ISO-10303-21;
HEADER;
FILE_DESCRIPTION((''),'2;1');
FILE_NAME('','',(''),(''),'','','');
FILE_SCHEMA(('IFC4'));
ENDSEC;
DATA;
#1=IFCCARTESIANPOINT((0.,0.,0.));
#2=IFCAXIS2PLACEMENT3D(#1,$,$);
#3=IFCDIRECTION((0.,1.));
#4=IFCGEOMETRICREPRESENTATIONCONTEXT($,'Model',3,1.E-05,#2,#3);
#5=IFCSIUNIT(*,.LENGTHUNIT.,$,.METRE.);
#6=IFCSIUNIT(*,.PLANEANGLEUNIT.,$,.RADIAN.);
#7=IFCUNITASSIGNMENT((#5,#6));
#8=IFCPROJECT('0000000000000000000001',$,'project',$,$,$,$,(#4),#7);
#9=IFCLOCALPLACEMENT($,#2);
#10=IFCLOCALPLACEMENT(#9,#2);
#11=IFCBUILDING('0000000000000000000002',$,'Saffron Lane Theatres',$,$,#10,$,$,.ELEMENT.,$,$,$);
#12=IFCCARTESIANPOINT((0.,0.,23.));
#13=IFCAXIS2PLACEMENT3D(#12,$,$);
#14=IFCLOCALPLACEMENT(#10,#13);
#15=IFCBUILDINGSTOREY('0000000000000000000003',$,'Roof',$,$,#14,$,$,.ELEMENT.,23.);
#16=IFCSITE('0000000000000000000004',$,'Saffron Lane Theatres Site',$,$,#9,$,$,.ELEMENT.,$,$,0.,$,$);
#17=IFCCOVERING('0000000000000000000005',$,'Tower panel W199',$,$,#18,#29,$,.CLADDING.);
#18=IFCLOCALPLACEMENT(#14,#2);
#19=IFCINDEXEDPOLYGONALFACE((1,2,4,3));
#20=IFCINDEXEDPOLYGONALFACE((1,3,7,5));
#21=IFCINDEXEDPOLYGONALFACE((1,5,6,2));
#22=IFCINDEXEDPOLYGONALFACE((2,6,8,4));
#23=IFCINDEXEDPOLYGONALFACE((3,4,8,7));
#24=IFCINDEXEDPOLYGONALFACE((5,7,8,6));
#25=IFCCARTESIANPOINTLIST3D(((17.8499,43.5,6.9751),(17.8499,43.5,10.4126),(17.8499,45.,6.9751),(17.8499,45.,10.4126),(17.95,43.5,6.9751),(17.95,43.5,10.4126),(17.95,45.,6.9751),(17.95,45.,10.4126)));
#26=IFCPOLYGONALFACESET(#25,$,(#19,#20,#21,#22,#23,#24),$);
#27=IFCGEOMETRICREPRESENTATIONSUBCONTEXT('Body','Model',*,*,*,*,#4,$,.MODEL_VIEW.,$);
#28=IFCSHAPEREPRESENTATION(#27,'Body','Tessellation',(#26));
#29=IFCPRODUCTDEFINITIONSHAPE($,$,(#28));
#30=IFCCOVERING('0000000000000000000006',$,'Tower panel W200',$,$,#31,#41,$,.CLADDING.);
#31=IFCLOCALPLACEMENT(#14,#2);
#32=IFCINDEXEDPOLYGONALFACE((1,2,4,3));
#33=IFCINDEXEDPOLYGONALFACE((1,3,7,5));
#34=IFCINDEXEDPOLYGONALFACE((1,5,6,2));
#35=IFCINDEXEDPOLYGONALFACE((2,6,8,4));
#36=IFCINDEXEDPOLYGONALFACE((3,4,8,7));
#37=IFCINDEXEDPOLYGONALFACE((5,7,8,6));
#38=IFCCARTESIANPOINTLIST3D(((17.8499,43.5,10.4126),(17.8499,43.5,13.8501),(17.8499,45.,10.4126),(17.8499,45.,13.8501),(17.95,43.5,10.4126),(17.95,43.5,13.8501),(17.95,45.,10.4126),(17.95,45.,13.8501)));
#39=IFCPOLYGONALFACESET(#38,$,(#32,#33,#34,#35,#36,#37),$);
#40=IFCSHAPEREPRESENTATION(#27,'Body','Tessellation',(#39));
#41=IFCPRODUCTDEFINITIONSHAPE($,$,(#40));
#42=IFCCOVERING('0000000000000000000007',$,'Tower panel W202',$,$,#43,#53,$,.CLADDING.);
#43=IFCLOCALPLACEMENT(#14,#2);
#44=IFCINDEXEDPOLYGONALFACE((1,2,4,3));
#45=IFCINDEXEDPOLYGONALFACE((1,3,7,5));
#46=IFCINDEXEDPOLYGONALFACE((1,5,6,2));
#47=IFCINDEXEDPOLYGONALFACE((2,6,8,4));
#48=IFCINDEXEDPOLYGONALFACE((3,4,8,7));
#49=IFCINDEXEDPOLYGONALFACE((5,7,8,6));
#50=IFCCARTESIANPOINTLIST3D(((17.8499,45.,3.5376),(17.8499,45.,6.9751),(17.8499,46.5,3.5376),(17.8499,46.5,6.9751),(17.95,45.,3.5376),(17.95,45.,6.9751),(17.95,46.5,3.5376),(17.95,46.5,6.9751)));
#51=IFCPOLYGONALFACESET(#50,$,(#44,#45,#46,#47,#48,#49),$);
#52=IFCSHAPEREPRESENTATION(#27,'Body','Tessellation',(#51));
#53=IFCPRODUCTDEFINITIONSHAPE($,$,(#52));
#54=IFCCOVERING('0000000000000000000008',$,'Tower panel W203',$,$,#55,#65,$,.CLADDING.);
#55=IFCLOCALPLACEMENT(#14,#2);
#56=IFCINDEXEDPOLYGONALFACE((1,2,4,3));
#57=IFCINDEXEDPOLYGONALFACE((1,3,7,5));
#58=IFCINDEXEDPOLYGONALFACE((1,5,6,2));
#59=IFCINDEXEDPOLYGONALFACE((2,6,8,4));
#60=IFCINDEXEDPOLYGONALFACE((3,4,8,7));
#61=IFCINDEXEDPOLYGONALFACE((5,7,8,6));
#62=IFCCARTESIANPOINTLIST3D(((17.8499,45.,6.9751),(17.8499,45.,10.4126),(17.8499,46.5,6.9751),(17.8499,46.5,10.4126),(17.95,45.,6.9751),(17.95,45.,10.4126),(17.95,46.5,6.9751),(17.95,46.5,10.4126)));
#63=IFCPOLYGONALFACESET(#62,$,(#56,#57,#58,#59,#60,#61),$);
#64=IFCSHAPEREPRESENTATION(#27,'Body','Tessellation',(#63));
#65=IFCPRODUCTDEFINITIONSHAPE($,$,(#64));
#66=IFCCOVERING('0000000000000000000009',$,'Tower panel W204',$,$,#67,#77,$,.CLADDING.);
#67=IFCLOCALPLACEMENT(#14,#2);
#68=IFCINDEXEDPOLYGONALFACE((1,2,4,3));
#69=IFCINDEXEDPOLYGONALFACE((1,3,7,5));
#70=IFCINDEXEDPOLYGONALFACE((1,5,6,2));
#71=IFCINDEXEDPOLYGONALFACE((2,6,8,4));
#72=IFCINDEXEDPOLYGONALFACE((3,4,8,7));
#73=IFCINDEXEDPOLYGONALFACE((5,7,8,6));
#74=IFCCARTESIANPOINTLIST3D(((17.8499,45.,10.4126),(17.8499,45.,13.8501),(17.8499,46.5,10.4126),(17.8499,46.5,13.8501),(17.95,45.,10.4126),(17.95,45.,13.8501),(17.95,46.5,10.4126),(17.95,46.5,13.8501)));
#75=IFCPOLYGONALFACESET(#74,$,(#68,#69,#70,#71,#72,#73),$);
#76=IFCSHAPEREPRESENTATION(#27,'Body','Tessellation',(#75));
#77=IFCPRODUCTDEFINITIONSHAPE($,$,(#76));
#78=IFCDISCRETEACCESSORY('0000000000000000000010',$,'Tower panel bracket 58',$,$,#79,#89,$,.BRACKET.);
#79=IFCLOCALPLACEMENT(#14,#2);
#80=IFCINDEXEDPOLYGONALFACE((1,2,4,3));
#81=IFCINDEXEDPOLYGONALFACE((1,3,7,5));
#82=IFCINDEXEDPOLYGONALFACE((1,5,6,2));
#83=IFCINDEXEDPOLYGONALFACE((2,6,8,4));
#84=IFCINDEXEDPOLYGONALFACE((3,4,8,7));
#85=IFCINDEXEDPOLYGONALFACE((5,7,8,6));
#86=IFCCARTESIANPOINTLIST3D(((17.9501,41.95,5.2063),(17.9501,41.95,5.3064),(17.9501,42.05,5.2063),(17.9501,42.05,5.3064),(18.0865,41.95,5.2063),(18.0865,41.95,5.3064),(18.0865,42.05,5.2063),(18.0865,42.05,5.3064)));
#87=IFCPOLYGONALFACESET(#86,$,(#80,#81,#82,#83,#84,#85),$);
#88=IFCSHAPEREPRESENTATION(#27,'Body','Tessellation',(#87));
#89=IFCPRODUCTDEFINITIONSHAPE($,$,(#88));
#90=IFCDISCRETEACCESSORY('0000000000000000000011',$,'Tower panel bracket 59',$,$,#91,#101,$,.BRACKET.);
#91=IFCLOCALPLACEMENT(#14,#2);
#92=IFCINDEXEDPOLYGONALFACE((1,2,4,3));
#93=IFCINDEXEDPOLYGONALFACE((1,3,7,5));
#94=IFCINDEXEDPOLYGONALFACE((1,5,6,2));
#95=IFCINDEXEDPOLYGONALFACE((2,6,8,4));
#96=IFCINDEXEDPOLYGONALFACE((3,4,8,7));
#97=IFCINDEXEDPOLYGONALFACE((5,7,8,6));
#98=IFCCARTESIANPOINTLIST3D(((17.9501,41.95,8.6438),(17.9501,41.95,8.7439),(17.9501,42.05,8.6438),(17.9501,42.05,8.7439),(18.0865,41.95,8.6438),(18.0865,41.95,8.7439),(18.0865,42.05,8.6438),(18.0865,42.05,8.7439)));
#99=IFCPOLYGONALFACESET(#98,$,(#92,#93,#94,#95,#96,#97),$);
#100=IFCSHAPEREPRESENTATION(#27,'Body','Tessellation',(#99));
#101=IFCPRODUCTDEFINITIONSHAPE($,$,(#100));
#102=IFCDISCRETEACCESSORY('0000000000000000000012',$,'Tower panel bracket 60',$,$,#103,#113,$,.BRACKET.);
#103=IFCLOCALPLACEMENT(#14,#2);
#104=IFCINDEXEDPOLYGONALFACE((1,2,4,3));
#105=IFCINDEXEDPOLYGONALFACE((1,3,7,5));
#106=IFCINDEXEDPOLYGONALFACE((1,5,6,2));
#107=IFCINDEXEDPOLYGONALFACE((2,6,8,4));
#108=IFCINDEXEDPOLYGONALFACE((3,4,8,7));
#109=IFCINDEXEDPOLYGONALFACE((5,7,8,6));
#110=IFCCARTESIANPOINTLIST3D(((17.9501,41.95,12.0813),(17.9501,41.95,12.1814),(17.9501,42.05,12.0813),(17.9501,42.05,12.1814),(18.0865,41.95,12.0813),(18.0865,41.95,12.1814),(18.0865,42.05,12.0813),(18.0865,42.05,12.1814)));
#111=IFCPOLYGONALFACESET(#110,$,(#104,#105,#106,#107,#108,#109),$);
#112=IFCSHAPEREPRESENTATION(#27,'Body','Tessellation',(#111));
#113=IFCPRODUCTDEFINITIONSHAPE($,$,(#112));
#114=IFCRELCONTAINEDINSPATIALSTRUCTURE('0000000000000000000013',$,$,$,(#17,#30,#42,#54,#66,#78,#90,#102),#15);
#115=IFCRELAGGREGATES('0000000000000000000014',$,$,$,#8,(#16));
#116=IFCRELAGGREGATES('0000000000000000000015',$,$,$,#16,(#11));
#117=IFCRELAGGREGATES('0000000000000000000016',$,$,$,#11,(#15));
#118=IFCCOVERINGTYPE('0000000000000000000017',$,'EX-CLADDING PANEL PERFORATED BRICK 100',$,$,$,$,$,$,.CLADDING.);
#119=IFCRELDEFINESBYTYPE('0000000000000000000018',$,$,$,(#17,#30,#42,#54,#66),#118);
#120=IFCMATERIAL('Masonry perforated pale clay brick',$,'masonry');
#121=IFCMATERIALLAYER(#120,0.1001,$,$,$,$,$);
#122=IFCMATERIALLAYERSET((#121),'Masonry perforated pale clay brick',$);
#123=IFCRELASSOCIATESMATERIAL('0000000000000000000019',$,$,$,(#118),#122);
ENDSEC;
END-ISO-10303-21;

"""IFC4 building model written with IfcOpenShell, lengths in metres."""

from ifc_helpers import new_model, si_unit, direction, frame, origin, origin_2d, place, context, subcontext, project, spatial, rectangle, extrude, material, layer, layer_set, type_object, element, save


model = new_model("IFC4")

# Units and contexts
model_context = context("Model", 3, precision=1e-05, world=origin(), true_north=direction((0.0, 1.0)))
body_context = subcontext(model_context, "Body", "Model", "MODEL_VIEW")
ifc_project = project(units=[si_unit("LENGTHUNIT", "METRE"), si_unit("PLANEANGLEUNIT", "RADIAN")], contexts=[model_context])

# Site, building, storey
site_placement = place(None, origin())
site = spatial("IfcSite", under=ifc_project, at=site_placement, Name="Saffron Lane Theatres Site", CompositionType="ELEMENT", RefElevation=0.0)
building_placement = place(site_placement, origin())
building = spatial("IfcBuilding", under=site, at=building_placement, Name="Saffron Lane Theatres", CompositionType="ELEMENT")
storey_placement = place(building_placement, frame((0.0, 0.0, 23.0)))
storey = spatial("IfcBuildingStorey", under=building, at=storey_placement, Name="Roof", CompositionType="ELEMENT", Elevation=23.0)

# Coverings
ifc_material_1 = material(Name="Masonry perforated pale clay brick", Category="masonry")
ifc_layer = layer(ifc_material_1, 0.1001)
ifc_layer_set = layer_set([ifc_layer], Name="Masonry perforated pale clay brick")
covering_type = type_object("IfcCoveringType", Name="EX-CLADDING PANEL PERFORATED BRICK 100", PredefinedType="CLADDING", material=ifc_layer_set)
for number, where, z_axis, x_axis, name in (
    (1, (17.8999, 44.25, 6.9751), (0.0, 0.0, 1.0), (0.0, 1.0, 0.0), "Tower panel W199"),
    (2, (17.8999, 44.25, 10.4126), (0.0, 0.0, 1.0), (0.0, 1.0, 0.0), "Tower panel W200"),
    (3, (17.8999, 45.75, 3.5376), (0.0, 0.0, 1.0), (0.0, 1.0, 0.0), "Tower panel W202"),
    (4, (17.8999, 45.75, 6.9751), (0.0, 0.0, 1.0), (0.0, 1.0, 0.0), "Tower panel W203"),
    (5, (17.8999, 45.75, 10.4126), (0.0, 0.0, 1.0), (0.0, 1.0, 0.0), "Tower panel W204"),
):
    element("IfcCovering", number, at=place(storey_placement, frame(where, z_axis=z_axis, x_axis=x_axis)), inside=storey, type_object=covering_type, Name=name, PredefinedType="CLADDING", context=body_context, shape_type="SweptSolid", body=[
        extrude(rectangle(XDim=1.5, YDim=0.1001, at=origin_2d()), origin(), (0.0, 0.0, 1.0), 3.4375),
    ])

# Discrete accessories
for number, where, z_axis, x_axis, name in (
    (6, (18.0183, 42.0, 5.2063), (0.0, 0.0, 1.0), (0.0, 1.0, 0.0), "Tower panel bracket 58"),
    (7, (18.0183, 42.0, 8.6438), (0.0, 0.0, 1.0), (0.0, 1.0, 0.0), "Tower panel bracket 59"),
    (8, (18.0183, 42.0, 12.0813), (0.0, 0.0, 1.0), (0.0, 1.0, 0.0), "Tower panel bracket 60"),
):
    element("IfcDiscreteAccessory", number, at=place(storey_placement, frame(where, z_axis=z_axis, x_axis=x_axis)), inside=storey, Name=name, PredefinedType="BRACKET", context=body_context, shape_type="SweptSolid", body=[
        extrude(rectangle(XDim=0.1001, YDim=0.1365, at=origin_2d()), origin(), (0.0, 0.0, 1.0), 0.1001),
    ])

save(model, "model.ifc")
